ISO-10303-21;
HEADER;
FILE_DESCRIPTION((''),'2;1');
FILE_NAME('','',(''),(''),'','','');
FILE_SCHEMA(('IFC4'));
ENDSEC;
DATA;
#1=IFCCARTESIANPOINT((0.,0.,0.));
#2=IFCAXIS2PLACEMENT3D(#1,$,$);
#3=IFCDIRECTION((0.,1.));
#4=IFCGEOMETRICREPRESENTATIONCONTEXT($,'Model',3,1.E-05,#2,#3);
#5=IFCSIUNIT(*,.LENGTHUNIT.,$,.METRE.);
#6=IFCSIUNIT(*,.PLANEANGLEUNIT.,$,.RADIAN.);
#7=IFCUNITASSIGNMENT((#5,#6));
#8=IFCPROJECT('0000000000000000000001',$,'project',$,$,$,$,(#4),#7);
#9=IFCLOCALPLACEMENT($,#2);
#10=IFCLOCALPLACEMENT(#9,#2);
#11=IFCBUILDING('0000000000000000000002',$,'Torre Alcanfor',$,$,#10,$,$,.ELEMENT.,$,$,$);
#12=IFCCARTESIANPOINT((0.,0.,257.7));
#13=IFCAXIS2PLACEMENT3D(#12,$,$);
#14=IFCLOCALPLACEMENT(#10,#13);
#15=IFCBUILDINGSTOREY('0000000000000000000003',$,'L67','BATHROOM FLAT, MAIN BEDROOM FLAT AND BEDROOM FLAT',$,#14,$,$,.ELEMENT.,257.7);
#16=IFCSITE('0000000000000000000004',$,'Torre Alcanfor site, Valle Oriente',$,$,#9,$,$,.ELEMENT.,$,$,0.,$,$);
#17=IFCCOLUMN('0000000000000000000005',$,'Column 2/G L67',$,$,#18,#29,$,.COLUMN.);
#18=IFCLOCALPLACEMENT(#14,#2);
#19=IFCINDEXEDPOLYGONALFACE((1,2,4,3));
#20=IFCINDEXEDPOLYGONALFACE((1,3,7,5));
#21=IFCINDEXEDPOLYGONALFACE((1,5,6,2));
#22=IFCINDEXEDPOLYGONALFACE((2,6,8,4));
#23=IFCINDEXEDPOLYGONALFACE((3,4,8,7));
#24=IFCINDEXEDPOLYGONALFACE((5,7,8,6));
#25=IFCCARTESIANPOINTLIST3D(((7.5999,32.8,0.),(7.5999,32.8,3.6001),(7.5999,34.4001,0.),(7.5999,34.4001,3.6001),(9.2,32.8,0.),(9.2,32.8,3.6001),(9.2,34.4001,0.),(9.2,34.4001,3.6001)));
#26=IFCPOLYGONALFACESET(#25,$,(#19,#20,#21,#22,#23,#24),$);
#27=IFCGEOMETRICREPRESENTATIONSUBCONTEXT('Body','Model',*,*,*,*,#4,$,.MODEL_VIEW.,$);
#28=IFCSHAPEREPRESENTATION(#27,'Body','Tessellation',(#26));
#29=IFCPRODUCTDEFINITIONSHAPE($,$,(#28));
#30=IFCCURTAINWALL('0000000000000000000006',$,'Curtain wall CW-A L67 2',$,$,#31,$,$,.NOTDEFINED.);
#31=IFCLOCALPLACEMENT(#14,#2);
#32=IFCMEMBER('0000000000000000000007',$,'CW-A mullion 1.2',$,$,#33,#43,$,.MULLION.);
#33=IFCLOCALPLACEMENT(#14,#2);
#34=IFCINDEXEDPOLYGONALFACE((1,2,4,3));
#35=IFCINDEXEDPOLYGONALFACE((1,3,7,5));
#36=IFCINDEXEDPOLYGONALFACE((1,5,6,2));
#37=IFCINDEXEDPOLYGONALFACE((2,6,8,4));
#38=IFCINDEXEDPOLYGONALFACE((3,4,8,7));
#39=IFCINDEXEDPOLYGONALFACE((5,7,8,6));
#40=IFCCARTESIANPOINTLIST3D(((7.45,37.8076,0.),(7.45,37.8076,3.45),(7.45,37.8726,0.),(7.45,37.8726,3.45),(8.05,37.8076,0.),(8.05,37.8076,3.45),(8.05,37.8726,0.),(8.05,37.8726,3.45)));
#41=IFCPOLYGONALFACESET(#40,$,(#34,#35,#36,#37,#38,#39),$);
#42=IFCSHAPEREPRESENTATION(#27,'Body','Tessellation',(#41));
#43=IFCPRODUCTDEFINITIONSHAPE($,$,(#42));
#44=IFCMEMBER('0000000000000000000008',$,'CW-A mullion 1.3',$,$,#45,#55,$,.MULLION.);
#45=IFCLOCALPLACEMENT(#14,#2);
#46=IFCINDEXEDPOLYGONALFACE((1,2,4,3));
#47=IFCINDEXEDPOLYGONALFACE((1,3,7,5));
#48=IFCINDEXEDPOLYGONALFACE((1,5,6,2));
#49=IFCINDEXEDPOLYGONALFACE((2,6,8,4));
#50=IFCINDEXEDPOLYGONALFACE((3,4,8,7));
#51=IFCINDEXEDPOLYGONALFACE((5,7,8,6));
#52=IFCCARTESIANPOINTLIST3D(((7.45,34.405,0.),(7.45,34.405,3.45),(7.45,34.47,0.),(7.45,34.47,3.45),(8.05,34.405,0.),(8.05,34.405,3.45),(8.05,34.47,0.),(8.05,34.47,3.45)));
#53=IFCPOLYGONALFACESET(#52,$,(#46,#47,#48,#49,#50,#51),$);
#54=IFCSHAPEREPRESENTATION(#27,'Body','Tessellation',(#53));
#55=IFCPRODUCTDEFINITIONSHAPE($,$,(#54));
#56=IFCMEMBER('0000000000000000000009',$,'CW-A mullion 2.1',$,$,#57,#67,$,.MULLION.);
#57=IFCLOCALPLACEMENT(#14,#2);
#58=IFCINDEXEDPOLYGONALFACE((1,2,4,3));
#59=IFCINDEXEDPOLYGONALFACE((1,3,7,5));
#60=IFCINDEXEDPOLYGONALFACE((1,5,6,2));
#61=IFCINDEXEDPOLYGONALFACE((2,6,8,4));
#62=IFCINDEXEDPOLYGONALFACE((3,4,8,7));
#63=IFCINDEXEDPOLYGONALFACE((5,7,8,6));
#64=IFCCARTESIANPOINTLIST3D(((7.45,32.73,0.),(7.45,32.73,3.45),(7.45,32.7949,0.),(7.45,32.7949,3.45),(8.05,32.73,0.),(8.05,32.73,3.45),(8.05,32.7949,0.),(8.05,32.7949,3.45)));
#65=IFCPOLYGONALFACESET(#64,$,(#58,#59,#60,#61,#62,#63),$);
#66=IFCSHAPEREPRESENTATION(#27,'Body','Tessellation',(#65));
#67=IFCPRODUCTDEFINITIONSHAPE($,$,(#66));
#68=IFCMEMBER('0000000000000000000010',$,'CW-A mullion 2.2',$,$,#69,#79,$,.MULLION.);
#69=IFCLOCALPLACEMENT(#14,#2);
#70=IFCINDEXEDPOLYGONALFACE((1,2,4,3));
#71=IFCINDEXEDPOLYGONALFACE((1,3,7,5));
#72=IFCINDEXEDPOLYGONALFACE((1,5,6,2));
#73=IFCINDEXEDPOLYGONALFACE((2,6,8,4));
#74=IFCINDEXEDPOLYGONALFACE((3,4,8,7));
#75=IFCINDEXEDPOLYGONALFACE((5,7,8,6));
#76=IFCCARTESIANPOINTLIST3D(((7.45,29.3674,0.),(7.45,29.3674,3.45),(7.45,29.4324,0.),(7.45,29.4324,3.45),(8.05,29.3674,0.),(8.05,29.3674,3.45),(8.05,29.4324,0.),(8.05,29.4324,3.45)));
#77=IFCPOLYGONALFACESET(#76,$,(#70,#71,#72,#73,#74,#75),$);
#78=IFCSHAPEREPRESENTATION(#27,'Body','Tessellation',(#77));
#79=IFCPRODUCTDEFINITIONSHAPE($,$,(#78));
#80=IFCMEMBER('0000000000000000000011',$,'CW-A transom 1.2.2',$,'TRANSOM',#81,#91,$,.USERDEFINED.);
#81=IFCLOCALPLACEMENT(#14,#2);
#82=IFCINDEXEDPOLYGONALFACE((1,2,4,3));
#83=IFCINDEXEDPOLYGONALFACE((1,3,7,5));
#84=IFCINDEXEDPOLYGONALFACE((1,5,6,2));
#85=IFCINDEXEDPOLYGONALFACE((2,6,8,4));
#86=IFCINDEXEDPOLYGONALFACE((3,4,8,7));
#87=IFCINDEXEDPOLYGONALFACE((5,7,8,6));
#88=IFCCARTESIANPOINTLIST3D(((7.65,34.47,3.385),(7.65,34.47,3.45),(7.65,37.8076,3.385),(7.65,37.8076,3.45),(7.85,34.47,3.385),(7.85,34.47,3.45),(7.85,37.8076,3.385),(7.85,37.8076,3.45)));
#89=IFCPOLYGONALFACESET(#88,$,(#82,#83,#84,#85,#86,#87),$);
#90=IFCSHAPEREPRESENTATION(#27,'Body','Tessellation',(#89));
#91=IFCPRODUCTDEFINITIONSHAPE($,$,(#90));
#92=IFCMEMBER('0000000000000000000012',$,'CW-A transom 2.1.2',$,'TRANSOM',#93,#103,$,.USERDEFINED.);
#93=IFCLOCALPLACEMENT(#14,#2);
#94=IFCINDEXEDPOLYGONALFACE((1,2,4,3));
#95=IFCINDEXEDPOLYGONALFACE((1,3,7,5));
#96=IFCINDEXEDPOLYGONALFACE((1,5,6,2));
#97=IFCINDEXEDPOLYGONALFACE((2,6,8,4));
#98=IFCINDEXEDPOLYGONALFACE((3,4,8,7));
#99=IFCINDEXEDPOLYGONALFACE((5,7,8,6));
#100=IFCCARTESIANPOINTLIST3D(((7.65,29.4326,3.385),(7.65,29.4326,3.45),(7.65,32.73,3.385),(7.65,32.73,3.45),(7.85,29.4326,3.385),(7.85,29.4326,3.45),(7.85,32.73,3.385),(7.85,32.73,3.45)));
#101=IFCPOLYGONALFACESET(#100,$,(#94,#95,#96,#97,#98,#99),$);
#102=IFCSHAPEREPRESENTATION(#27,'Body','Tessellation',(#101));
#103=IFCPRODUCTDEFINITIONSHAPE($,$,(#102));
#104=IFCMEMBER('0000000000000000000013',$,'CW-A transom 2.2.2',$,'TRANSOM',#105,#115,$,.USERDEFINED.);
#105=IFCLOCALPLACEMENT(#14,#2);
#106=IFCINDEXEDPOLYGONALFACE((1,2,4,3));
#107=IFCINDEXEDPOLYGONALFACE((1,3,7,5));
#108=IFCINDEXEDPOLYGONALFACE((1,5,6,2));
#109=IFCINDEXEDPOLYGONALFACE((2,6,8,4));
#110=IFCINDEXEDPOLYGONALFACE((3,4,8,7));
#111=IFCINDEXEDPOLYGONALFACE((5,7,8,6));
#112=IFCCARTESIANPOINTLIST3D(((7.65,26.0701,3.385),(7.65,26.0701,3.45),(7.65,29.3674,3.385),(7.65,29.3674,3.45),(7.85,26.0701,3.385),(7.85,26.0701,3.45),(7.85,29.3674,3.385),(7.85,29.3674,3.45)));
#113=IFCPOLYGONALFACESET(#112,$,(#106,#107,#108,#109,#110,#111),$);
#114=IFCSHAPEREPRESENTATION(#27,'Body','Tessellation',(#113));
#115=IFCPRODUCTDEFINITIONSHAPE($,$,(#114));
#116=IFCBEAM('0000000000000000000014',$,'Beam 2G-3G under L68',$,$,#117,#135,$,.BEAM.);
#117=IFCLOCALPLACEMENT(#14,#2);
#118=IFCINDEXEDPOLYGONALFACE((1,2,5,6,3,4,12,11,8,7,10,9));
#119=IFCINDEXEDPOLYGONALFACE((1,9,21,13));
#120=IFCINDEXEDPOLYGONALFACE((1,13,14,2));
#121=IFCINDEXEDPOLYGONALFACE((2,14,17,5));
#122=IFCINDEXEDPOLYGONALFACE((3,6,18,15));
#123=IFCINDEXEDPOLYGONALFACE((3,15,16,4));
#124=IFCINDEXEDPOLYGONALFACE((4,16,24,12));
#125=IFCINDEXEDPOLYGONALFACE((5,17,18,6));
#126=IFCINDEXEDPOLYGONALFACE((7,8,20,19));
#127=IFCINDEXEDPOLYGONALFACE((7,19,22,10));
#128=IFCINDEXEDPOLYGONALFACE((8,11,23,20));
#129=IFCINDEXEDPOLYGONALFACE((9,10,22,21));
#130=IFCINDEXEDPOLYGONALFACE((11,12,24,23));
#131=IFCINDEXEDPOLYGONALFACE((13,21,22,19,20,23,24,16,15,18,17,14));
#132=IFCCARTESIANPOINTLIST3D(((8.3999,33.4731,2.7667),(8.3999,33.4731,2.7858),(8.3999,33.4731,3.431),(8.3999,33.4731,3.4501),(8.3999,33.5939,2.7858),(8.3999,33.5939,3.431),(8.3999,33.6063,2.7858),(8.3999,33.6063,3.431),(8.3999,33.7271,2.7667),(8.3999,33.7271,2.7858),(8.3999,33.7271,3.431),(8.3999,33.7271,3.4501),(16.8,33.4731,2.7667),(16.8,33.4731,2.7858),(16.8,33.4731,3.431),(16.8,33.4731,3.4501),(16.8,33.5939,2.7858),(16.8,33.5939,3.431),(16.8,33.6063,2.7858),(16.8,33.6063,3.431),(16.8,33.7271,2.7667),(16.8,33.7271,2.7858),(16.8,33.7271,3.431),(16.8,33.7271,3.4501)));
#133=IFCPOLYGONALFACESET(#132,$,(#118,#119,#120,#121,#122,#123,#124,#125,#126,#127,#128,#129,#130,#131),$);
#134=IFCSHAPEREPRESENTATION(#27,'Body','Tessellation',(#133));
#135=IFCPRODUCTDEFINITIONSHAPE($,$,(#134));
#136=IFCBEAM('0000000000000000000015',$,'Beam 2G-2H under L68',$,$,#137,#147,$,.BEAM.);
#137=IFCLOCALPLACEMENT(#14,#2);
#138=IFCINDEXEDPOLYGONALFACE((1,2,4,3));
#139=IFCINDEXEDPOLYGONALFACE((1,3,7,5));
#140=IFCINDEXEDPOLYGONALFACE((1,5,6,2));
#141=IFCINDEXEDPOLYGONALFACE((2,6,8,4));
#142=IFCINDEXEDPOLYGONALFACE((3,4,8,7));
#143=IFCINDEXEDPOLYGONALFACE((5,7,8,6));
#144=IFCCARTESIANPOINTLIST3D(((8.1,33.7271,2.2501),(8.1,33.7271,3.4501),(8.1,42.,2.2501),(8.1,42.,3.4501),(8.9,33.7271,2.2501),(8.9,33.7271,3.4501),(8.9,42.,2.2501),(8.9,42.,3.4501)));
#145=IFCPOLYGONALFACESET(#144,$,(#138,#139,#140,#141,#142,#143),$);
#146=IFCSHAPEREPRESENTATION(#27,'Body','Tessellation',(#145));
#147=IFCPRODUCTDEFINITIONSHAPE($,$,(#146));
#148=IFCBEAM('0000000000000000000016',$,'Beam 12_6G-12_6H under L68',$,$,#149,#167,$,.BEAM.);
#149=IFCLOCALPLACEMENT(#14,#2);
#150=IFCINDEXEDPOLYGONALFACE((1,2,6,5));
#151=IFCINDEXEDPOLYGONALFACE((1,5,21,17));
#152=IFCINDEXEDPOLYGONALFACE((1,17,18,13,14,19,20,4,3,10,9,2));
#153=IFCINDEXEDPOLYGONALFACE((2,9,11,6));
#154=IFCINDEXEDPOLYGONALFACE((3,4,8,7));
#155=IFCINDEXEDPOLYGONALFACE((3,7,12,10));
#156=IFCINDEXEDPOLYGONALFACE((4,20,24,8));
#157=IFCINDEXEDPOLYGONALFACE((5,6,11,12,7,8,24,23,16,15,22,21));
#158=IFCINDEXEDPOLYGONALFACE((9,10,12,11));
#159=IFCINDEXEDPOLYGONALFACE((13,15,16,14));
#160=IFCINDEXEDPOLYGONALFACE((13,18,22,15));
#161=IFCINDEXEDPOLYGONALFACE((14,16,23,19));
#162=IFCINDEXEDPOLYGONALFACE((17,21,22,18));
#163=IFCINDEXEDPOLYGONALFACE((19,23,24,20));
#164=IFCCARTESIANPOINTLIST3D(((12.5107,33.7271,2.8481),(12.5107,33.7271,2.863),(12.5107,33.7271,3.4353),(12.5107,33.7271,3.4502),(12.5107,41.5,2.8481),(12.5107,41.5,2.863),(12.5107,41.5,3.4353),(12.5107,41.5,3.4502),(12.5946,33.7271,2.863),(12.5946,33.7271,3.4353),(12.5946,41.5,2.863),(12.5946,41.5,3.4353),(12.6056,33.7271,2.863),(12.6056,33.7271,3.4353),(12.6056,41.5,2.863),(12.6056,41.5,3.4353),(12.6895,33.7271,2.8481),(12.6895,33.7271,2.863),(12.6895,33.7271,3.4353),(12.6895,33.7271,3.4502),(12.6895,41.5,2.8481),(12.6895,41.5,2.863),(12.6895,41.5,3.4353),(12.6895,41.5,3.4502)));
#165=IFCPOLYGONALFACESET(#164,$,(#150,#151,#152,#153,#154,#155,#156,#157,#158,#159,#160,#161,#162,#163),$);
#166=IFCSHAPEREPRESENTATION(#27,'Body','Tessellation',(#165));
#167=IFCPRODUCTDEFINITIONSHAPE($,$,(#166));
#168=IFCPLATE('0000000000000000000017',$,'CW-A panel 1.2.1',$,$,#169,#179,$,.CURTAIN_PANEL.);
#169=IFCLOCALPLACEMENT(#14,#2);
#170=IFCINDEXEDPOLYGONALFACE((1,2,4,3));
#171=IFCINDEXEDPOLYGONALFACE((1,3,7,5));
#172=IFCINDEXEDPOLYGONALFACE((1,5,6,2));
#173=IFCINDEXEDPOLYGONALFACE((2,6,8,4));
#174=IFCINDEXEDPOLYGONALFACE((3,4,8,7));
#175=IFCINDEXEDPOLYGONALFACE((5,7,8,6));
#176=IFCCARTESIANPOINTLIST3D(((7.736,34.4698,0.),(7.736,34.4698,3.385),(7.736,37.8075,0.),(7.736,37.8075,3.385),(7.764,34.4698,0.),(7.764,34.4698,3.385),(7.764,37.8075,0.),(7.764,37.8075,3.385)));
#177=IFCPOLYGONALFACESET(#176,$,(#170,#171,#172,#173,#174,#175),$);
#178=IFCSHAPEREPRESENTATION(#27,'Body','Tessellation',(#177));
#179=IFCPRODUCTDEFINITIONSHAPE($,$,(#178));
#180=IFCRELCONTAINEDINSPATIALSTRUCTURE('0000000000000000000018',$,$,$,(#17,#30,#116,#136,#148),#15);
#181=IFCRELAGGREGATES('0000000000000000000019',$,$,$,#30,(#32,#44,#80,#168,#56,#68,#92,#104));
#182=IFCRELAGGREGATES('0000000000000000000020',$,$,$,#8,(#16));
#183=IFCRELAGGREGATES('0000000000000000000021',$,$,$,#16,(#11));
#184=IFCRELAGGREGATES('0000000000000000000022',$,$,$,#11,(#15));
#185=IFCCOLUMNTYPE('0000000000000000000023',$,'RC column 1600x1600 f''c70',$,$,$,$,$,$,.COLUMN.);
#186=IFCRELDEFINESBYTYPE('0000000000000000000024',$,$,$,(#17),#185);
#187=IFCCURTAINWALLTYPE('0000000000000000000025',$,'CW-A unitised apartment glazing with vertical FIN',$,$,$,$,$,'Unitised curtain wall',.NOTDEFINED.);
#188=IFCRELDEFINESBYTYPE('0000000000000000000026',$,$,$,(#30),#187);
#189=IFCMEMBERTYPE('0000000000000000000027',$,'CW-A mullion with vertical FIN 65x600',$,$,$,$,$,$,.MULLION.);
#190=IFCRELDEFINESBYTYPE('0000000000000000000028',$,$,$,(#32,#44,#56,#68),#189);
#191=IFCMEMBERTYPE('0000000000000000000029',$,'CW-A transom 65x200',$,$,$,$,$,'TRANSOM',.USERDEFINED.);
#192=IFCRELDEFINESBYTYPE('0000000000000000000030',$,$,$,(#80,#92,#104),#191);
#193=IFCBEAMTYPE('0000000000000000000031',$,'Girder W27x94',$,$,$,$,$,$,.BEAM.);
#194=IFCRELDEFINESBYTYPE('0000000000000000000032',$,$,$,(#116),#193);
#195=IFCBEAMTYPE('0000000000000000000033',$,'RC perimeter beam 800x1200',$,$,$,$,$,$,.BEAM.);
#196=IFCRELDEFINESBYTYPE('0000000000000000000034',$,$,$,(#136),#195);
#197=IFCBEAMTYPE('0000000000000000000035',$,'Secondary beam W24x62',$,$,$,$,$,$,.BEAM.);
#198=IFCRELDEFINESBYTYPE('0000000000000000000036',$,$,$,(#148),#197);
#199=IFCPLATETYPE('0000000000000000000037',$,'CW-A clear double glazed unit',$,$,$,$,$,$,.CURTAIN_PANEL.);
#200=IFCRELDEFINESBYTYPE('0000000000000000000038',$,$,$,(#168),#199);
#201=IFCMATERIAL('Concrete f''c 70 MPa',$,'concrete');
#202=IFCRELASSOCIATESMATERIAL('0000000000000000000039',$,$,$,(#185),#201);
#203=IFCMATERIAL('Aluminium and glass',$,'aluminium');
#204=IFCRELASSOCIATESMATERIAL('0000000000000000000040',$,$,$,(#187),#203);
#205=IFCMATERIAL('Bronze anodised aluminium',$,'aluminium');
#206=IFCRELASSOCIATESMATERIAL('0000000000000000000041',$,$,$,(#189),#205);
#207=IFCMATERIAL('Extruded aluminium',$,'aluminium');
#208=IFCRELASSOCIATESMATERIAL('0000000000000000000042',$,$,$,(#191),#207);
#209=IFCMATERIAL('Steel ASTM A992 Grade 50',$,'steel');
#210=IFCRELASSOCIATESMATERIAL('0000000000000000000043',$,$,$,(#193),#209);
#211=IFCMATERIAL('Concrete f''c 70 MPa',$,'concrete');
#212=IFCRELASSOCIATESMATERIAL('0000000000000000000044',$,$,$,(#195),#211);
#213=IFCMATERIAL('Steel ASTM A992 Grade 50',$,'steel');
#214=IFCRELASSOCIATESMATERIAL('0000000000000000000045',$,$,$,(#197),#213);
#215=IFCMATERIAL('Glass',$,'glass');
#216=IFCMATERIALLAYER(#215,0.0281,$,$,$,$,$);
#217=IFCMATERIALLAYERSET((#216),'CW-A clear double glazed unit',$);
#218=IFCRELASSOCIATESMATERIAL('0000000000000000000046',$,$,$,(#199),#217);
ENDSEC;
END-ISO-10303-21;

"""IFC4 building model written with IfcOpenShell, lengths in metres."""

from ifc_helpers import new_model, si_unit, direction, frame, origin, origin_2d, place, context, subcontext, project, spatial, rectangle, i_section, extrude, material, layer, layer_set, material_profile, profile_set, type_object, element, aggregate, save


model = new_model("IFC4")

# Units and contexts
model_context = context("Model", 3, precision=1e-05, world=origin(), true_north=direction((0.0, 1.0)))
body_context = subcontext(model_context, "Body", "Model", "MODEL_VIEW")
ifc_project = project(units=[si_unit("LENGTHUNIT", "METRE"), si_unit("PLANEANGLEUNIT", "RADIAN")], contexts=[model_context])

# Site, building, storey
site_placement = place(None, origin())
site = spatial("IfcSite", under=ifc_project, at=site_placement, Name="Torre Alcanfor site, Valle Oriente", CompositionType="ELEMENT", RefElevation=0.0)
building_placement = place(site_placement, origin())
building = spatial("IfcBuilding", under=site, at=building_placement, Name="Torre Alcanfor", CompositionType="ELEMENT")
storey_placement = place(building_placement, frame((0.0, 0.0, 257.7)))
storey = spatial("IfcBuildingStorey", under=building, at=storey_placement, Name="L67", Description="BATHROOM FLAT, MAIN BEDROOM FLAT AND BEDROOM FLAT", CompositionType="ELEMENT", Elevation=257.7)

# Column
ifc_material_1 = material(Name="Concrete f'c 70 MPa", Category="concrete")
ifc_material_profile_1 = material_profile(ifc_material_1, rectangle(XDim=1.6001, YDim=1.6001, at=origin_2d()), Name="1600x1600")
ifc_profile_set_1 = profile_set([ifc_material_profile_1], Name="Concrete f'c 70 MPa")
column_type = type_object("IfcColumnType", Name="RC column 1600x1600 f'c70", PredefinedType="COLUMN", material=ifc_profile_set_1)
column_placement = place(storey_placement, frame((8.3999, 33.6001, 0.0), z_axis=(0.0, 0.0, 1.0), x_axis=(1.0, 0.0, 0.0)))
element("IfcColumn", 1, at=column_placement, inside=storey, type_object=column_type, Name="Column 2/G L67", PredefinedType="COLUMN", context=body_context, shape_type="SweptSolid", body=[
    extrude(rectangle(XDim=1.6001, YDim=1.6001, at=origin_2d()), origin(), (0.0, 0.0, 1.0), 3.6001),
])

# Curtain wall, members
ifc_material_2 = material(Name="Aluminium and glass", Category="aluminium")
curtain_wall_type = type_object("IfcCurtainWallType", Name="CW-A unitised apartment glazing with vertical FIN", ElementType="Unitised curtain wall", PredefinedType="NOTDEFINED", material=ifc_material_2)
curtain_wall_placement = place(storey_placement, origin())
curtain_wall = element("IfcCurtainWall", 2, at=curtain_wall_placement, inside=storey, type_object=curtain_wall_type, Name="Curtain wall CW-A L67 2", PredefinedType="NOTDEFINED")
ifc_material_3 = material(Name="Bronze anodised aluminium", Category="aluminium")
ifc_material_profile_2 = material_profile(ifc_material_3, rectangle(XDim=0.6001, YDim=0.0649, at=origin_2d()), Name="CW-A mullion 65x600")
ifc_profile_set_2 = profile_set([ifc_material_profile_2], Name="Bronze anodised aluminium")
member_type_1 = type_object("IfcMemberType", Name="CW-A mullion with vertical FIN 65x600", PredefinedType="MULLION", material=ifc_profile_set_2)
member_1_placement = place(storey_placement, frame((7.75, 37.8401, 0.0), z_axis=(0.0, 0.0, 1.0), x_axis=(1.0, 0.0, 0.0)))
member_1 = element("IfcMember", 3, at=member_1_placement, type_object=member_type_1, Name="CW-A mullion 1.2", PredefinedType="MULLION", context=body_context, shape_type="SweptSolid", body=[
    extrude(rectangle(XDim=0.6001, YDim=0.0649, at=origin_2d()), origin(), (0.0, 0.0, 1.0), 3.45),
])
member_2_placement = place(storey_placement, frame((7.75, 34.4375, 0.0), z_axis=(0.0, 0.0, 1.0), x_axis=(1.0, 0.0, 0.0)))
member_2 = element("IfcMember", 4, at=member_2_placement, type_object=member_type_1, Name="CW-A mullion 1.3", PredefinedType="MULLION", context=body_context, shape_type="SweptSolid", body=[
    extrude(rectangle(XDim=0.6001, YDim=0.0649, at=origin_2d()), origin(), (0.0, 0.0, 1.0), 3.45),
])
member_3_placement = place(storey_placement, frame((7.75, 32.7625, 0.0), z_axis=(0.0, 0.0, 1.0), x_axis=(1.0, 0.0, 0.0)))
member_3 = element("IfcMember", 5, at=member_3_placement, type_object=member_type_1, Name="CW-A mullion 2.1", PredefinedType="MULLION", context=body_context, shape_type="SweptSolid", body=[
    extrude(rectangle(XDim=0.6001, YDim=0.0649, at=origin_2d()), origin(), (0.0, 0.0, 1.0), 3.45),
])
member_4_placement = place(storey_placement, frame((7.75, 29.3999, 0.0), z_axis=(0.0, 0.0, 1.0), x_axis=(1.0, 0.0, 0.0)))
member_4 = element("IfcMember", 6, at=member_4_placement, type_object=member_type_1, Name="CW-A mullion 2.2", PredefinedType="MULLION", context=body_context, shape_type="SweptSolid", body=[
    extrude(rectangle(XDim=0.6001, YDim=0.0649, at=origin_2d()), origin(), (0.0, 0.0, 1.0), 3.45),
])
ifc_material_4 = material(Name="Extruded aluminium", Category="aluminium")
ifc_material_profile_3 = material_profile(ifc_material_4, rectangle(XDim=0.2, YDim=0.0649, at=origin_2d()), Name="CW-A transom 200x65")
ifc_profile_set_3 = profile_set([ifc_material_profile_3], Name="Extruded aluminium")
member_type_2 = type_object("IfcMemberType", Name="CW-A transom 65x200", ElementType="TRANSOM", PredefinedType="USERDEFINED", material=ifc_profile_set_3)
member_5_placement = place(storey_placement, frame((7.75, 37.8076, 3.4175), z_axis=(0.0, -1.0, 0.0), x_axis=(1.0, 0.0, 0.0)))
member_5 = element("IfcMember", 7, at=member_5_placement, type_object=member_type_2, Name="CW-A transom 1.2.2", ObjectType="TRANSOM", PredefinedType="USERDEFINED", context=body_context, shape_type="SweptSolid", body=[
    extrude(rectangle(XDim=0.2, YDim=0.0649, at=origin_2d()), origin(), (0.0, 0.0, 1.0), 3.3376),
])
member_6_placement = place(storey_placement, frame((7.75, 32.73, 3.4175), z_axis=(0.0, -1.0, 0.0), x_axis=(1.0, 0.0, 0.0)))
member_6 = element("IfcMember", 8, at=member_6_placement, type_object=member_type_2, Name="CW-A transom 2.1.2", ObjectType="TRANSOM", PredefinedType="USERDEFINED", context=body_context, shape_type="SweptSolid", body=[
    extrude(rectangle(XDim=0.2, YDim=0.0649, at=origin_2d()), origin(), (0.0, 0.0, 1.0), 3.2974),
])
member_7_placement = place(storey_placement, frame((7.75, 29.3674, 3.4175), z_axis=(0.0, -1.0, 0.0), x_axis=(1.0, 0.0, 0.0)))
member_7 = element("IfcMember", 9, at=member_7_placement, type_object=member_type_2, Name="CW-A transom 2.2.2", ObjectType="TRANSOM", PredefinedType="USERDEFINED", context=body_context, shape_type="SweptSolid", body=[
    extrude(rectangle(XDim=0.2, YDim=0.0649, at=origin_2d()), origin(), (0.0, 0.0, 1.0), 3.2974),
])

# Beams
ifc_material_5 = material(Name="Steel ASTM A992 Grade 50", Category="steel")
ifc_material_profile_4 = material_profile(ifc_material_5, i_section(OverallWidth=0.2539, OverallDepth=0.6833, WebThickness=0.0125, FlangeThickness=0.019, at=origin_2d()), Name="W27x94")
ifc_profile_set_4 = profile_set([ifc_material_profile_4], Name="Steel ASTM A992 Grade 50")
beam_type_1 = type_object("IfcBeamType", Name="Girder W27x94", PredefinedType="BEAM", material=ifc_profile_set_4)
beam_1_placement = place(storey_placement, frame((8.3999, 33.6001, 3.1084), z_axis=(1.0, 0.0, 0.0), x_axis=(0.0, 1.0, 0.0)))
element("IfcBeam", 10, at=beam_1_placement, inside=storey, type_object=beam_type_1, Name="Beam 2G-3G under L68", PredefinedType="BEAM", context=body_context, shape_type="SweptSolid", body=[
    extrude(i_section(OverallWidth=0.2539, OverallDepth=0.6833, WebThickness=0.0125, FlangeThickness=0.019, at=origin_2d()), origin(), (0.0, 0.0, 1.0), 8.4001),
])
ifc_material_6 = material(Name="Concrete f'c 70 MPa", Category="concrete")
ifc_material_profile_5 = material_profile(ifc_material_6, rectangle(XDim=0.8, YDim=1.2, at=origin_2d()), Name="800x1200")
ifc_profile_set_5 = profile_set([ifc_material_profile_5], Name="Concrete f'c 70 MPa")
beam_type_2 = type_object("IfcBeamType", Name="RC perimeter beam 800x1200", PredefinedType="BEAM", material=ifc_profile_set_5)
beam_2_placement = place(storey_placement, frame((8.5, 33.7271, 2.8501), z_axis=(0.0, 1.0, 0.0), x_axis=(-1.0, 0.0, 0.0)))
element("IfcBeam", 11, at=beam_2_placement, inside=storey, type_object=beam_type_2, Name="Beam 2G-2H under L68", PredefinedType="BEAM", context=body_context, shape_type="SweptSolid", body=[
    extrude(rectangle(XDim=0.8, YDim=1.2, at=origin_2d()), origin(), (0.0, 0.0, 1.0), 8.2729),
])
ifc_material_7 = material(Name="Steel ASTM A992 Grade 50", Category="steel")
ifc_material_profile_6 = material_profile(ifc_material_7, i_section(OverallWidth=0.1787, OverallDepth=0.6021, WebThickness=0.011, FlangeThickness=0.0149, at=origin_2d()), Name="W24x62")
ifc_profile_set_6 = profile_set([ifc_material_profile_6], Name="Steel ASTM A992 Grade 50")
beam_type_3 = type_object("IfcBeamType", Name="Secondary beam W24x62", PredefinedType="BEAM", material=ifc_profile_set_6)
beam_3_placement = place(storey_placement, frame((12.6001, 33.7271, 3.1492), z_axis=(0.0, 1.0, 0.0), x_axis=(-1.0, 0.0, 0.0)))
element("IfcBeam", 12, at=beam_3_placement, inside=storey, type_object=beam_type_3, Name="Beam 12_6G-12_6H under L68", PredefinedType="BEAM", context=body_context, shape_type="SweptSolid", body=[
    extrude(i_section(OverallWidth=0.1787, OverallDepth=0.6021, WebThickness=0.011, FlangeThickness=0.0149, at=origin_2d()), origin(), (0.0, 0.0, 1.0), 7.7729),
])

# Plate
ifc_material_8 = material(Name="Glass", Category="glass")
ifc_layer_1 = layer(ifc_material_8, 0.0281)
ifc_layer_set_1 = layer_set([ifc_layer_1], Name="CW-A clear double glazed unit")
plate_type = type_object("IfcPlateType", Name="CW-A clear double glazed unit", PredefinedType="CURTAIN_PANEL", material=ifc_layer_set_1)
plate_1_placement = place(storey_placement, frame((7.75, 36.1387, 0.0), z_axis=(0.0, 0.0, 1.0), x_axis=(0.0, -1.0, 0.0)))
plate_1 = element("IfcPlate", 13, at=plate_1_placement, type_object=plate_type, Name="CW-A panel 1.2.1", PredefinedType="CURTAIN_PANEL", context=body_context, shape_type="SweptSolid", body=[
    extrude(rectangle(XDim=3.3376, YDim=0.0281, at=origin_2d()), origin(), (0.0, 0.0, 1.0), 3.385),
])
aggregate(curtain_wall, [member_1, member_2, member_5, plate_1, member_3, member_4, member_6, member_7])

save(model, "model.ifc")
